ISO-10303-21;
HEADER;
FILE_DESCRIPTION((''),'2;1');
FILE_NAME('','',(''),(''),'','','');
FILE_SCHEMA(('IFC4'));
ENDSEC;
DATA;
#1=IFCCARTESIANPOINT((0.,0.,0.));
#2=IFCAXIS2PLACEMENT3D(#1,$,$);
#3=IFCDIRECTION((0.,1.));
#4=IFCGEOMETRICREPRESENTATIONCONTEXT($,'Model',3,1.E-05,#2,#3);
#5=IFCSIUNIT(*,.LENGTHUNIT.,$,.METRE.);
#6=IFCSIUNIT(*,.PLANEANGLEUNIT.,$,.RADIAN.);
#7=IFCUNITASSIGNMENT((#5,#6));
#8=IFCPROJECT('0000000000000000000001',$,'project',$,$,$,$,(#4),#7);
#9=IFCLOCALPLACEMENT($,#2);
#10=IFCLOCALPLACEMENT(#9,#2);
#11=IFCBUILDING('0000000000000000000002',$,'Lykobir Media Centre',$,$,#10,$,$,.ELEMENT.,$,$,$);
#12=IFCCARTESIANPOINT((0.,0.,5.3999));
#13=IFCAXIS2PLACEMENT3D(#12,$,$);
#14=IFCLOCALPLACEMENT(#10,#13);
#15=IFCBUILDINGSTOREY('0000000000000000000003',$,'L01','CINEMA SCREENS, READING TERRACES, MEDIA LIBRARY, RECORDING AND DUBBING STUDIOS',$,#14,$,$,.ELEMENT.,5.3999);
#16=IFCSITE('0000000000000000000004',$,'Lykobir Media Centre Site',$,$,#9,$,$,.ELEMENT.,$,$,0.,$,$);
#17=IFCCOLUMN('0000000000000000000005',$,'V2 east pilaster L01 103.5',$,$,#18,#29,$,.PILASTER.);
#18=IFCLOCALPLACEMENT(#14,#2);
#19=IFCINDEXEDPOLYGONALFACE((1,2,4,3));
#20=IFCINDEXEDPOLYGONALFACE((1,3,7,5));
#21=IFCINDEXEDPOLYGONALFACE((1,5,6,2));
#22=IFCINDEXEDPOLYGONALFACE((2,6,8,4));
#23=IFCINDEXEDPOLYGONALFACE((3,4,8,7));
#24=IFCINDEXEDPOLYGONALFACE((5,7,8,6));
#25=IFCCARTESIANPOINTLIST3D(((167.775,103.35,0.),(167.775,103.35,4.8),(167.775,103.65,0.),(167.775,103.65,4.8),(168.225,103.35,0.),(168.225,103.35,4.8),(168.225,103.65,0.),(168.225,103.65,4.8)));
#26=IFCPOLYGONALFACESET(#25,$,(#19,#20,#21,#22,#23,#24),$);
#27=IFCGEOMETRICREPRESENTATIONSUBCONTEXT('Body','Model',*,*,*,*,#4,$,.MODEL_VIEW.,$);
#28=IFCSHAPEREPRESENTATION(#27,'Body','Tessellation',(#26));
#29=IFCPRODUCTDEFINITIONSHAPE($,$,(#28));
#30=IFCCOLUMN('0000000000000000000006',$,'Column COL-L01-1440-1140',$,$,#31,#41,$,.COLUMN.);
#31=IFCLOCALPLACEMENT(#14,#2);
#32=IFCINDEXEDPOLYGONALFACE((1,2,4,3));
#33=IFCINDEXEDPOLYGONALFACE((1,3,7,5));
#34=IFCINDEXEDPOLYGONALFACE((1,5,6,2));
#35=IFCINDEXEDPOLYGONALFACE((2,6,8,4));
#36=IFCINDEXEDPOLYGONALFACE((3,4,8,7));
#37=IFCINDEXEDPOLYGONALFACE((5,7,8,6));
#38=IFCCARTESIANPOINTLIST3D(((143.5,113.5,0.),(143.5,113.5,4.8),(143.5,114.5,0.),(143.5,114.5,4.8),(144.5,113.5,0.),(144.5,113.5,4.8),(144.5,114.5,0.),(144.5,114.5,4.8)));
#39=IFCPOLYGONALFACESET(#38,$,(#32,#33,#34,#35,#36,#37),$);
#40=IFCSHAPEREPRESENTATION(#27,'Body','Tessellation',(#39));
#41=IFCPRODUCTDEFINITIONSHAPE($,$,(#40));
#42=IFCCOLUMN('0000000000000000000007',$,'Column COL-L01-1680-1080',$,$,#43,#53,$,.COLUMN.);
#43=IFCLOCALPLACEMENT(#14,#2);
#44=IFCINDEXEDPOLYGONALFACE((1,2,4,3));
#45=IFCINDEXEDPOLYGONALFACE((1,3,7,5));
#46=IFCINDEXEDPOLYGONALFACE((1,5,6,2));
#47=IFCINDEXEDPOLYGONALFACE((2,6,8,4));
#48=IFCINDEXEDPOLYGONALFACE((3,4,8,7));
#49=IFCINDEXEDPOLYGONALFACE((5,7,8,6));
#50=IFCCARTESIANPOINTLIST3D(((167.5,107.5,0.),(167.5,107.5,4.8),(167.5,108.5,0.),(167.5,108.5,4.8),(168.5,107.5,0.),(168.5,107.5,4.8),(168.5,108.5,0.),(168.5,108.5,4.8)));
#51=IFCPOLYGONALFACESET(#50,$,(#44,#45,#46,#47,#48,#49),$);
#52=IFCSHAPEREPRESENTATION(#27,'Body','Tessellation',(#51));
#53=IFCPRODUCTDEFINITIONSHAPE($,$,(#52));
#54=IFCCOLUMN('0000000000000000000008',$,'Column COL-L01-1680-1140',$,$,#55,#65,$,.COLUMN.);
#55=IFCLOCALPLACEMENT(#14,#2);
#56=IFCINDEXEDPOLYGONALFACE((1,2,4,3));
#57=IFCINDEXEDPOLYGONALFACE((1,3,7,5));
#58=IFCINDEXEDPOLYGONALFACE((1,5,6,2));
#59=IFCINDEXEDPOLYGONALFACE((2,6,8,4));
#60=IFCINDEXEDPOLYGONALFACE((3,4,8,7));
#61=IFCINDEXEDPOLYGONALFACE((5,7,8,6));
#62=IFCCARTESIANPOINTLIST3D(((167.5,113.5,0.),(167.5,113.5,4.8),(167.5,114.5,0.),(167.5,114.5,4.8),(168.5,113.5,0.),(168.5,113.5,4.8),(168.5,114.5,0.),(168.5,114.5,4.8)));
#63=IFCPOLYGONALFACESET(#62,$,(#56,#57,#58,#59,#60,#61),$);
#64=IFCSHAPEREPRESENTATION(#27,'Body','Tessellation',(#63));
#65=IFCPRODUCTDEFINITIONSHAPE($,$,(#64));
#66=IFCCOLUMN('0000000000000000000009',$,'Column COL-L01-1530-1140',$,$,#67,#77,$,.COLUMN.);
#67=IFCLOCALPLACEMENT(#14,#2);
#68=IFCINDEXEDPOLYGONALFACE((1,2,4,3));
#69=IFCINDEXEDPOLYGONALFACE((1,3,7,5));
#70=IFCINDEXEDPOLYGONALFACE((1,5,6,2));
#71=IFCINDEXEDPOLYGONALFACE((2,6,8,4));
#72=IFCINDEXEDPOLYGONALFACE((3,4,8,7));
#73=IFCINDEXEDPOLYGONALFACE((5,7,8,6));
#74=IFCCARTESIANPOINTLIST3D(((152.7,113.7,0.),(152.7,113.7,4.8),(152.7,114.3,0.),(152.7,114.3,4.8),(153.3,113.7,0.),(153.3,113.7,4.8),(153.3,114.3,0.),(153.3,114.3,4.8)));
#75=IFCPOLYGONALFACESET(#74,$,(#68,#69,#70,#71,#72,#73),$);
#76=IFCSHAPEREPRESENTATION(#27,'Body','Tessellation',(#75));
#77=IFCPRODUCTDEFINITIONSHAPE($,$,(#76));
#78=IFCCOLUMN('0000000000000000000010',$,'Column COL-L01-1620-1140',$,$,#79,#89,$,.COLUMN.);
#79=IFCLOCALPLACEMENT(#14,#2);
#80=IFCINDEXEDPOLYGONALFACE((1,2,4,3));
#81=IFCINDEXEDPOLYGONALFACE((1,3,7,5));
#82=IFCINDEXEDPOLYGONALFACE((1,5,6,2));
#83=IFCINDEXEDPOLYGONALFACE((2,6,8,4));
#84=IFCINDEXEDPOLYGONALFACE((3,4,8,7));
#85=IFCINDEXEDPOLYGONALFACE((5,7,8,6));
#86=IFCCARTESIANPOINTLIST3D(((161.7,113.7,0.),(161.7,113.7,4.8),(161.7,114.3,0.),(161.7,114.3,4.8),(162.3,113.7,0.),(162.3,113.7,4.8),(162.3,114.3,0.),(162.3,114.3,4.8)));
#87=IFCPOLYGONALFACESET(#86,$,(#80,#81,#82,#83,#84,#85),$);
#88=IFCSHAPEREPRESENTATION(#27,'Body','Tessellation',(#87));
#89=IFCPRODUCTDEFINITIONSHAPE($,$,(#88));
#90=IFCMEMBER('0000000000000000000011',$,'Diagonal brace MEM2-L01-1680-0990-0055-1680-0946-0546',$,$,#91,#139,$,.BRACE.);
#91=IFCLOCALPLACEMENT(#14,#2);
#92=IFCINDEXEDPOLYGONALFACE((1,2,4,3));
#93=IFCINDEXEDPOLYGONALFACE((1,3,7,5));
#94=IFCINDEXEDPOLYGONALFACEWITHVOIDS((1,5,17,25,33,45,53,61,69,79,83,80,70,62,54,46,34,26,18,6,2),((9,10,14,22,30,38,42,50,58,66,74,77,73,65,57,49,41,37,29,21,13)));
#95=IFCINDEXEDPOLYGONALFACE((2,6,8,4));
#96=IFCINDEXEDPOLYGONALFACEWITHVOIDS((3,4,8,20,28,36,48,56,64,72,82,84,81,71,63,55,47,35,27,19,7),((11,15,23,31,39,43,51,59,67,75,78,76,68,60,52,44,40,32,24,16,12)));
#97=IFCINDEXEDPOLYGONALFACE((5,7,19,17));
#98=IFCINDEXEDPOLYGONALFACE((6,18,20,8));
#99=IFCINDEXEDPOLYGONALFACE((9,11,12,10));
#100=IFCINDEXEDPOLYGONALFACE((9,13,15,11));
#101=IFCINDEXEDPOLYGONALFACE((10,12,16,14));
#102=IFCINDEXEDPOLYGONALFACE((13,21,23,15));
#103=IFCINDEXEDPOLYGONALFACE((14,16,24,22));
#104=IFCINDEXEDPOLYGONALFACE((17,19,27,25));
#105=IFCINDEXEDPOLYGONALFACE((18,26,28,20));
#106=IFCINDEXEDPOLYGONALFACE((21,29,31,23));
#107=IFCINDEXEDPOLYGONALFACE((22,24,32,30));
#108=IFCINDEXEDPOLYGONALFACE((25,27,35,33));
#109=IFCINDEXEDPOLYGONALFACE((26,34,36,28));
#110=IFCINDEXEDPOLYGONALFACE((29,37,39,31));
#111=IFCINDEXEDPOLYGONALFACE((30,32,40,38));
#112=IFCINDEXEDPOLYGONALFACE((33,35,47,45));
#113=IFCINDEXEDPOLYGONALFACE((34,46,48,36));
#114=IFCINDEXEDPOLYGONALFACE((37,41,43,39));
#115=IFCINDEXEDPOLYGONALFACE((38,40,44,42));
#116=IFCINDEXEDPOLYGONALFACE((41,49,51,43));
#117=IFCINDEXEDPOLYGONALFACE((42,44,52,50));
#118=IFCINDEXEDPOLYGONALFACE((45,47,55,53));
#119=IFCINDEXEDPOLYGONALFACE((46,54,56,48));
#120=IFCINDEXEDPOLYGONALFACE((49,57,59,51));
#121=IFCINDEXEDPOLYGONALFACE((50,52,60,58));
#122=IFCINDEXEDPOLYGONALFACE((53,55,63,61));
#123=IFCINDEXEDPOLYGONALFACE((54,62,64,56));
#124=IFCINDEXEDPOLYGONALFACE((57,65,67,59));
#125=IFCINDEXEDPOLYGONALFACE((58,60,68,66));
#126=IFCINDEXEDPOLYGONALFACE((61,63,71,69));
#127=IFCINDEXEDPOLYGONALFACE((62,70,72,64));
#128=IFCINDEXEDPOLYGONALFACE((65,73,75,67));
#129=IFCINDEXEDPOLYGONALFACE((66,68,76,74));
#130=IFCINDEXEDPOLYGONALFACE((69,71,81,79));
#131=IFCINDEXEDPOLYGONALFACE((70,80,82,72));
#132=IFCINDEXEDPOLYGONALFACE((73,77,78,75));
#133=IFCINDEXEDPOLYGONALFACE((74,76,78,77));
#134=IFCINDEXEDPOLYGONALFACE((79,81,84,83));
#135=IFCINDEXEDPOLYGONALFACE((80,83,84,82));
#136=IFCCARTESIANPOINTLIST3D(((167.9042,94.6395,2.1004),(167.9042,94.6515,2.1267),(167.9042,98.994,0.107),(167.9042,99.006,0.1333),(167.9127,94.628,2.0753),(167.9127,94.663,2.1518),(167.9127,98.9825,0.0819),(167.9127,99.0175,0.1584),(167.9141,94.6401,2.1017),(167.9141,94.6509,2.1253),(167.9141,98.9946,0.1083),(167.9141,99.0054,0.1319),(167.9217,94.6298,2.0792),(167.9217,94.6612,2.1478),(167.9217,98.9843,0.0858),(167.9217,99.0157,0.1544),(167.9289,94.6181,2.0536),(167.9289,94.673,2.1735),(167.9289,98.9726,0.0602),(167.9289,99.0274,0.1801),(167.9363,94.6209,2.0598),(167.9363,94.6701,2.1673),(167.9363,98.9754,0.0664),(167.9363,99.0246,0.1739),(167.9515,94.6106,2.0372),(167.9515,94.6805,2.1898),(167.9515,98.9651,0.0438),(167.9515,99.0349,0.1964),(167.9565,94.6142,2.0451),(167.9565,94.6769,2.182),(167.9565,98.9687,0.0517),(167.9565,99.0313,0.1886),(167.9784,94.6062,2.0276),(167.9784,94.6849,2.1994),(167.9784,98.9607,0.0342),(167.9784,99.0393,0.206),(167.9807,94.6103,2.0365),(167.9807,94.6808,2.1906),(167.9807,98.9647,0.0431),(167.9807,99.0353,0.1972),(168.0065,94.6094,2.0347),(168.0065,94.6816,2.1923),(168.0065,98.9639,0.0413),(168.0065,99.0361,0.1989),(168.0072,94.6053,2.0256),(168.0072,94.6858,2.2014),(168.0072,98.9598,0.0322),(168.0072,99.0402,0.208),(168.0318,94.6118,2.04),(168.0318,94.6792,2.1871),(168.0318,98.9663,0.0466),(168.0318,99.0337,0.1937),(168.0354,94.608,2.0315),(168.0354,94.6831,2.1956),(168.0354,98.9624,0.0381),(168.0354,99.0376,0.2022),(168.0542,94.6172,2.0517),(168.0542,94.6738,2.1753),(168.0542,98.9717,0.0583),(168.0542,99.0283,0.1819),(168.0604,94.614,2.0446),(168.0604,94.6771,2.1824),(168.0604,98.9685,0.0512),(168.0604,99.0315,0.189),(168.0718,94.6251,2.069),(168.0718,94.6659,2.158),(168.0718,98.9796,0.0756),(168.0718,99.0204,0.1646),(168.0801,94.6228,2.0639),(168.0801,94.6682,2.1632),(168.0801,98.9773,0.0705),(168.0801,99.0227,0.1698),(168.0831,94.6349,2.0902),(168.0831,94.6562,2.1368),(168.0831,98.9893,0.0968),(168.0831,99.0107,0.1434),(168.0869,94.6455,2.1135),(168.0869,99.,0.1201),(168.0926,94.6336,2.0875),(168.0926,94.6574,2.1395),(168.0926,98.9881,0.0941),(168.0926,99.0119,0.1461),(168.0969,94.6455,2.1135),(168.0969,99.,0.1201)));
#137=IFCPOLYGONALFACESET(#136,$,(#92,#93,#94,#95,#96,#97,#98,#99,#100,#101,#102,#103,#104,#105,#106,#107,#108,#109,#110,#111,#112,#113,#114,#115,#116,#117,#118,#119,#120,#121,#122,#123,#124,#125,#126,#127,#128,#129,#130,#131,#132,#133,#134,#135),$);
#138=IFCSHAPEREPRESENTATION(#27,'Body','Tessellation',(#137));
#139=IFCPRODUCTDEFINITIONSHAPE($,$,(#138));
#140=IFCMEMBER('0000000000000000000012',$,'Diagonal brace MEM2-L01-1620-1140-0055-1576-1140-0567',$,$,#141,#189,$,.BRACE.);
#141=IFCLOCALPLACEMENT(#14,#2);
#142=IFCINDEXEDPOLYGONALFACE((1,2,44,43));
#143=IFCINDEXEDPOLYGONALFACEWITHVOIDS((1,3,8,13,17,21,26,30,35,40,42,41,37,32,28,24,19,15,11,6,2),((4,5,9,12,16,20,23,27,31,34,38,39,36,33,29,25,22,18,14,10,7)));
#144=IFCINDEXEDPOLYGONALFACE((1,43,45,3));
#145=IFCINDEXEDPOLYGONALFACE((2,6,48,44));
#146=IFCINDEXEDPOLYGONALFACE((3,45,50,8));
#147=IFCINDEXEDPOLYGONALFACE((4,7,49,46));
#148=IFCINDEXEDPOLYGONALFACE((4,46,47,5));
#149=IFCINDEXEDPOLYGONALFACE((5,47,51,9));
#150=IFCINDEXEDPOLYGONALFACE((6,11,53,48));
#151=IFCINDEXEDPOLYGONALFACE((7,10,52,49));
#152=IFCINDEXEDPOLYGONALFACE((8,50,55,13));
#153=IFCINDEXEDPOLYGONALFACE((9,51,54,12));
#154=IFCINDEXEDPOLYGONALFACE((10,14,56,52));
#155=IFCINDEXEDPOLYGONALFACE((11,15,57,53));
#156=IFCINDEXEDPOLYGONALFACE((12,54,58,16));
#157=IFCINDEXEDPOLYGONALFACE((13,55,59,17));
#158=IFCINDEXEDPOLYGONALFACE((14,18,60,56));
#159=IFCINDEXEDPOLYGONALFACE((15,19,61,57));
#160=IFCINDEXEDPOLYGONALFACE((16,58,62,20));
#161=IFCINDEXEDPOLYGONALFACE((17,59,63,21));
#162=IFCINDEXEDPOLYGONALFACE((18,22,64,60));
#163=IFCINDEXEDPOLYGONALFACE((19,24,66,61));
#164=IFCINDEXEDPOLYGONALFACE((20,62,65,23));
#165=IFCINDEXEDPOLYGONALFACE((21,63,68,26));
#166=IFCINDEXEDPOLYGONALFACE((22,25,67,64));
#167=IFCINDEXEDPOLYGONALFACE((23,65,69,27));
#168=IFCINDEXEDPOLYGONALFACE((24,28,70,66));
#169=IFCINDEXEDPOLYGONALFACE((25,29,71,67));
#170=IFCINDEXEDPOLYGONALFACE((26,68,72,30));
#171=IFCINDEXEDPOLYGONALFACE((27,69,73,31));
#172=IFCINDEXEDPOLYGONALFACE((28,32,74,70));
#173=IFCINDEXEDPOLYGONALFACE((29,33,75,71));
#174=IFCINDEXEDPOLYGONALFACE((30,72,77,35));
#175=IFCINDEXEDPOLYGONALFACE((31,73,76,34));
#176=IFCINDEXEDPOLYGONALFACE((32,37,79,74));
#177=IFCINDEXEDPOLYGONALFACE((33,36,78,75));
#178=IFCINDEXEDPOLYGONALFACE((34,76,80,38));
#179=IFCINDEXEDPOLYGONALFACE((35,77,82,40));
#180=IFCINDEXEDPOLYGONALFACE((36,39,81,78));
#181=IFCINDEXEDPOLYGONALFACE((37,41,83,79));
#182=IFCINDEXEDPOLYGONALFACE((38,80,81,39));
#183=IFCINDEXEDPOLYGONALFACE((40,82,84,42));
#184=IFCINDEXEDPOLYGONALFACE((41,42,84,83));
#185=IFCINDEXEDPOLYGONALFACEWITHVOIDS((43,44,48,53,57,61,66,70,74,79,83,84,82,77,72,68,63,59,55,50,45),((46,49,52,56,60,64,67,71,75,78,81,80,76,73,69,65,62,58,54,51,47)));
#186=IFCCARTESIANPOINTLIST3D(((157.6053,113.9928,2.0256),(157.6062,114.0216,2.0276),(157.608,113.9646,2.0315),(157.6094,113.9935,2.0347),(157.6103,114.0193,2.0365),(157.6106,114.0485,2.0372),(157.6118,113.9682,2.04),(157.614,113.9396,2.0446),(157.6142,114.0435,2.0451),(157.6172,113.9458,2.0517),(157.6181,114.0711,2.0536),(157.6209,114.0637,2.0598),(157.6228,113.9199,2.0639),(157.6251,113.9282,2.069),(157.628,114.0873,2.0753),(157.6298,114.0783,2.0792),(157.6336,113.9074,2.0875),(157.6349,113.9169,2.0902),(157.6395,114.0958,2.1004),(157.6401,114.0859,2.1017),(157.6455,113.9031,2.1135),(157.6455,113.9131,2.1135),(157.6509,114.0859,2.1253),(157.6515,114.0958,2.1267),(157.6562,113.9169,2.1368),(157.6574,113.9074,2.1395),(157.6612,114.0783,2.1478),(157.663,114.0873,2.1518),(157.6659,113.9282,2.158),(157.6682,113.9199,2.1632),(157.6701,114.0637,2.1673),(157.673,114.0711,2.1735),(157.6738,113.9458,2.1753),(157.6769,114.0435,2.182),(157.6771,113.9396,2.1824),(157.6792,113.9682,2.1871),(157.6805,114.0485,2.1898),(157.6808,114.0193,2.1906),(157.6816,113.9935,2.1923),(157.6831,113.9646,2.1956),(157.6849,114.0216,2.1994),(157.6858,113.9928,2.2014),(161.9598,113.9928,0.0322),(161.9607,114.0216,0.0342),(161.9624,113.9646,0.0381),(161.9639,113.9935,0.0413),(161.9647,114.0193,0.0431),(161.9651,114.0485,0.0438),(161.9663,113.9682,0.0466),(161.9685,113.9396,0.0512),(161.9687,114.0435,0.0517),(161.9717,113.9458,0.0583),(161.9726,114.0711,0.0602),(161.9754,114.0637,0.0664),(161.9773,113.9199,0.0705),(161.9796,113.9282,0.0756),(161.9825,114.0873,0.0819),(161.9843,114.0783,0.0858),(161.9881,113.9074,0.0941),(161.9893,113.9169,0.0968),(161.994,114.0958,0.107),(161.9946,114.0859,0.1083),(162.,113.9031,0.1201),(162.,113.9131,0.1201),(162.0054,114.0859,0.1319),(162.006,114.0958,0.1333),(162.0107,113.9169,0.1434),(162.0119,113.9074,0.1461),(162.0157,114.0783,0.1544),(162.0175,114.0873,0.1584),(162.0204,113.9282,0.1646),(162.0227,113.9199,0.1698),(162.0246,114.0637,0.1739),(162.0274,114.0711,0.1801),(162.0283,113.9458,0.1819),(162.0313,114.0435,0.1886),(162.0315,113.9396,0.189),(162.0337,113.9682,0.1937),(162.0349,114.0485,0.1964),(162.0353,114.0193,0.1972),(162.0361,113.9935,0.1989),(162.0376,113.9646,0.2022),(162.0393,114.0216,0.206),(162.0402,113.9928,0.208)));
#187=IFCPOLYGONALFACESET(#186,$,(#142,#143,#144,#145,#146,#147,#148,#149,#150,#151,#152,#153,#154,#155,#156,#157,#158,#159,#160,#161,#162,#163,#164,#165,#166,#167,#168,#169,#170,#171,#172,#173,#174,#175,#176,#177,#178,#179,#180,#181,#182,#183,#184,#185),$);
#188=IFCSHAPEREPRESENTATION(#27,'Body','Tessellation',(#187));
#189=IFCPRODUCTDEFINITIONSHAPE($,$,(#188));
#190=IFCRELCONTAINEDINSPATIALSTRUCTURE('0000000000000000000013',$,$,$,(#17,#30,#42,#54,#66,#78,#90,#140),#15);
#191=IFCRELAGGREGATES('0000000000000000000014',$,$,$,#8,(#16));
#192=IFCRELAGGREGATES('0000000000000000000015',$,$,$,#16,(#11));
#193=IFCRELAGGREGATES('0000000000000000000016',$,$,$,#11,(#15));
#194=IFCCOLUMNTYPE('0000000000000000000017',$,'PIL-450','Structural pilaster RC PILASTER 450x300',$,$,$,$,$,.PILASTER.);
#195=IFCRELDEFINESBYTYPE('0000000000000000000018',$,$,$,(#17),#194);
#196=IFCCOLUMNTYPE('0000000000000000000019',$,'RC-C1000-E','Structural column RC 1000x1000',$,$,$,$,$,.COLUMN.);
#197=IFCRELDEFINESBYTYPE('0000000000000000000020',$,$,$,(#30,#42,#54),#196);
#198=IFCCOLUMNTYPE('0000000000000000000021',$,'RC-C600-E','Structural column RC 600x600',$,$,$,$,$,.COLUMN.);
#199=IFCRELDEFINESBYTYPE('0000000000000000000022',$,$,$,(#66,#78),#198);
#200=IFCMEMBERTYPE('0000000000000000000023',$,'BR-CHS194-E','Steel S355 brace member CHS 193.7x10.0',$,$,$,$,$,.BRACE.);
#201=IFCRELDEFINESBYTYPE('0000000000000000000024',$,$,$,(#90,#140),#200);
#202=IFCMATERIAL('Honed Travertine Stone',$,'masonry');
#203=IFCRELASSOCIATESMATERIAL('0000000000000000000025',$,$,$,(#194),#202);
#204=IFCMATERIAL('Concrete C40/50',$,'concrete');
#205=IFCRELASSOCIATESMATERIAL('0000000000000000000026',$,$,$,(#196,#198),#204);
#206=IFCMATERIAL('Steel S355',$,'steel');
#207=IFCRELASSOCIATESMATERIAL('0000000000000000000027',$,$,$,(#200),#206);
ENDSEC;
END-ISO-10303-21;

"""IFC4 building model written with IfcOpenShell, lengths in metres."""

from ifc_helpers import new_model, si_unit, direction, frame, origin, origin_2d, place, context, subcontext, project, spatial, rectangle, hollow_circle, extrude, material, material_profile, profile_set, type_object, element, save


model = new_model("IFC4")

# Units and contexts
model_context = context("Model", 3, precision=1e-05, world=origin(), true_north=direction((0.0, 1.0)))
body_context = subcontext(model_context, "Body", "Model", "MODEL_VIEW")
ifc_project = project(units=[si_unit("LENGTHUNIT", "METRE"), si_unit("PLANEANGLEUNIT", "RADIAN")], contexts=[model_context])

# Site, building, storey
site_placement = place(None, origin())
site = spatial("IfcSite", under=ifc_project, at=site_placement, Name="Lykobir Media Centre Site", CompositionType="ELEMENT", RefElevation=0.0)
building_placement = place(site_placement, origin())
building = spatial("IfcBuilding", under=site, at=building_placement, Name="Lykobir Media Centre", CompositionType="ELEMENT")
storey_placement = place(building_placement, frame((0.0, 0.0, 5.3999)))
storey = spatial("IfcBuildingStorey", under=building, at=storey_placement, Name="L01", Description="CINEMA SCREENS, READING TERRACES, MEDIA LIBRARY, RECORDING AND DUBBING STUDIOS", CompositionType="ELEMENT", Elevation=5.3999)

# Columns
ifc_material_1 = material(Name="Honed Travertine Stone", Category="masonry")
ifc_material_profile_1 = material_profile(ifc_material_1, rectangle(XDim=0.3, YDim=0.45, at=origin_2d()), Name="RC PILASTER 450x300")
ifc_profile_set_1 = profile_set([ifc_material_profile_1], Name="Honed Travertine Stone")
column_type_1 = type_object("IfcColumnType", Name="PIL-450", Description="Structural pilaster RC PILASTER 450x300", PredefinedType="PILASTER", material=ifc_profile_set_1)
column_placement = place(storey_placement, frame((168.0, 103.5, 0.0), z_axis=(0.0, 0.0, 1.0), x_axis=(0.0, 1.0, 0.0)))
element("IfcColumn", 1, at=column_placement, inside=storey, type_object=column_type_1, Name="V2 east pilaster L01 103.5", PredefinedType="PILASTER", context=body_context, shape_type="SweptSolid", body=[
    extrude(rectangle(XDim=0.3, YDim=0.45, at=origin_2d()), origin(), (0.0, 0.0, 1.0), 4.8),
])
ifc_material_2 = material(Name="Concrete C40/50", Category="concrete")
ifc_material_profile_2 = material_profile(ifc_material_2, rectangle(XDim=1.0, YDim=1.0, at=origin_2d()), Name="RC 1000x1000")
ifc_profile_set_2 = profile_set([ifc_material_profile_2], Name="Concrete C40/50")
column_type_2 = type_object("IfcColumnType", Name="RC-C1000-E", Description="Structural column RC 1000x1000", PredefinedType="COLUMN", material=ifc_profile_set_2)
for number, where, z_axis, x_axis, name in (
    (2, (144.0, 114.0, 0.0), (0.0, 0.0, 1.0), (1.0, 0.0, 0.0), "Column COL-L01-1440-1140"),
    (3, (168.0, 108.0, 0.0), (0.0, 0.0, 1.0), (1.0, 0.0, 0.0), "Column COL-L01-1680-1080"),
    (4, (168.0, 114.0, 0.0), (0.0, 0.0, 1.0), (1.0, 0.0, 0.0), "Column COL-L01-1680-1140"),
):
    element("IfcColumn", number, at=place(storey_placement, frame(where, z_axis=z_axis, x_axis=x_axis)), inside=storey, type_object=column_type_2, Name=name, PredefinedType="COLUMN", context=body_context, shape_type="SweptSolid", body=[
        extrude(rectangle(XDim=1.0, YDim=1.0, at=origin_2d()), origin(), (0.0, 0.0, 1.0), 4.8),
    ])
ifc_material_profile_3 = material_profile(ifc_material_2, rectangle(XDim=0.6001, YDim=0.6001, at=origin_2d()), Name="RC 600x600")
ifc_profile_set_3 = profile_set([ifc_material_profile_3], Name="Concrete C40/50")
column_type_3 = type_object("IfcColumnType", Name="RC-C600-E", Description="Structural column RC 600x600", PredefinedType="COLUMN", material=ifc_profile_set_3)
for number, where, z_axis, x_axis, name in (
    (5, (153.0, 114.0, 0.0), (0.0, 0.0, 1.0), (1.0, 0.0, 0.0), "Column COL-L01-1530-1140"),
    (6, (162.0, 114.0, 0.0), (0.0, 0.0, 1.0), (1.0, 0.0, 0.0), "Column COL-L01-1620-1140"),
):
    element("IfcColumn", number, at=place(storey_placement, frame(where, z_axis=z_axis, x_axis=x_axis)), inside=storey, type_object=column_type_3, Name=name, PredefinedType="COLUMN", context=body_context, shape_type="SweptSolid", body=[
        extrude(rectangle(XDim=0.6001, YDim=0.6001, at=origin_2d()), origin(), (0.0, 0.0, 1.0), 4.8),
    ])

# Members
ifc_material_3 = material(Name="Steel S355", Category="steel")
ifc_material_profile_4 = material_profile(ifc_material_3, hollow_circle(Radius=0.0969, WallThickness=0.01, at=origin_2d()), Name="CHS 193.7x10.0")
ifc_profile_set_4 = profile_set([ifc_material_profile_4], Name="Steel S355")
member_type_1 = type_object("IfcMemberType", Name="BR-CHS194-E", Description="Steel S355 brace member CHS 193.7x10.0", PredefinedType="BRACE", material=ifc_profile_set_4)
for number, where, z_axis, x_axis, name in (
    (7, (168.0, 99.0, 0.1201), (0.0, -0.909255, 0.41624), (1.0, 0.0, 0.0), "Diagonal brace MEM2-L01-1680-0990-0055-1680-0946-0546"),
    (8, (162.0, 114.0, 0.1201), (-0.909255, 0.0, 0.41624), (0.0, -1.0, 0.0), "Diagonal brace MEM2-L01-1620-1140-0055-1576-1140-0567"),
):
    element("IfcMember", number, at=place(storey_placement, frame(where, z_axis=z_axis, x_axis=x_axis)), inside=storey, type_object=member_type_1, Name=name, PredefinedType="BRACE", context=body_context, shape_type="SweptSolid", body=[
        extrude(hollow_circle(Radius=0.0969, WallThickness=0.01, at=origin_2d()), origin(), (0.0, 0.0, 1.0), 4.7891),
    ])

save(model, "model.ifc")
